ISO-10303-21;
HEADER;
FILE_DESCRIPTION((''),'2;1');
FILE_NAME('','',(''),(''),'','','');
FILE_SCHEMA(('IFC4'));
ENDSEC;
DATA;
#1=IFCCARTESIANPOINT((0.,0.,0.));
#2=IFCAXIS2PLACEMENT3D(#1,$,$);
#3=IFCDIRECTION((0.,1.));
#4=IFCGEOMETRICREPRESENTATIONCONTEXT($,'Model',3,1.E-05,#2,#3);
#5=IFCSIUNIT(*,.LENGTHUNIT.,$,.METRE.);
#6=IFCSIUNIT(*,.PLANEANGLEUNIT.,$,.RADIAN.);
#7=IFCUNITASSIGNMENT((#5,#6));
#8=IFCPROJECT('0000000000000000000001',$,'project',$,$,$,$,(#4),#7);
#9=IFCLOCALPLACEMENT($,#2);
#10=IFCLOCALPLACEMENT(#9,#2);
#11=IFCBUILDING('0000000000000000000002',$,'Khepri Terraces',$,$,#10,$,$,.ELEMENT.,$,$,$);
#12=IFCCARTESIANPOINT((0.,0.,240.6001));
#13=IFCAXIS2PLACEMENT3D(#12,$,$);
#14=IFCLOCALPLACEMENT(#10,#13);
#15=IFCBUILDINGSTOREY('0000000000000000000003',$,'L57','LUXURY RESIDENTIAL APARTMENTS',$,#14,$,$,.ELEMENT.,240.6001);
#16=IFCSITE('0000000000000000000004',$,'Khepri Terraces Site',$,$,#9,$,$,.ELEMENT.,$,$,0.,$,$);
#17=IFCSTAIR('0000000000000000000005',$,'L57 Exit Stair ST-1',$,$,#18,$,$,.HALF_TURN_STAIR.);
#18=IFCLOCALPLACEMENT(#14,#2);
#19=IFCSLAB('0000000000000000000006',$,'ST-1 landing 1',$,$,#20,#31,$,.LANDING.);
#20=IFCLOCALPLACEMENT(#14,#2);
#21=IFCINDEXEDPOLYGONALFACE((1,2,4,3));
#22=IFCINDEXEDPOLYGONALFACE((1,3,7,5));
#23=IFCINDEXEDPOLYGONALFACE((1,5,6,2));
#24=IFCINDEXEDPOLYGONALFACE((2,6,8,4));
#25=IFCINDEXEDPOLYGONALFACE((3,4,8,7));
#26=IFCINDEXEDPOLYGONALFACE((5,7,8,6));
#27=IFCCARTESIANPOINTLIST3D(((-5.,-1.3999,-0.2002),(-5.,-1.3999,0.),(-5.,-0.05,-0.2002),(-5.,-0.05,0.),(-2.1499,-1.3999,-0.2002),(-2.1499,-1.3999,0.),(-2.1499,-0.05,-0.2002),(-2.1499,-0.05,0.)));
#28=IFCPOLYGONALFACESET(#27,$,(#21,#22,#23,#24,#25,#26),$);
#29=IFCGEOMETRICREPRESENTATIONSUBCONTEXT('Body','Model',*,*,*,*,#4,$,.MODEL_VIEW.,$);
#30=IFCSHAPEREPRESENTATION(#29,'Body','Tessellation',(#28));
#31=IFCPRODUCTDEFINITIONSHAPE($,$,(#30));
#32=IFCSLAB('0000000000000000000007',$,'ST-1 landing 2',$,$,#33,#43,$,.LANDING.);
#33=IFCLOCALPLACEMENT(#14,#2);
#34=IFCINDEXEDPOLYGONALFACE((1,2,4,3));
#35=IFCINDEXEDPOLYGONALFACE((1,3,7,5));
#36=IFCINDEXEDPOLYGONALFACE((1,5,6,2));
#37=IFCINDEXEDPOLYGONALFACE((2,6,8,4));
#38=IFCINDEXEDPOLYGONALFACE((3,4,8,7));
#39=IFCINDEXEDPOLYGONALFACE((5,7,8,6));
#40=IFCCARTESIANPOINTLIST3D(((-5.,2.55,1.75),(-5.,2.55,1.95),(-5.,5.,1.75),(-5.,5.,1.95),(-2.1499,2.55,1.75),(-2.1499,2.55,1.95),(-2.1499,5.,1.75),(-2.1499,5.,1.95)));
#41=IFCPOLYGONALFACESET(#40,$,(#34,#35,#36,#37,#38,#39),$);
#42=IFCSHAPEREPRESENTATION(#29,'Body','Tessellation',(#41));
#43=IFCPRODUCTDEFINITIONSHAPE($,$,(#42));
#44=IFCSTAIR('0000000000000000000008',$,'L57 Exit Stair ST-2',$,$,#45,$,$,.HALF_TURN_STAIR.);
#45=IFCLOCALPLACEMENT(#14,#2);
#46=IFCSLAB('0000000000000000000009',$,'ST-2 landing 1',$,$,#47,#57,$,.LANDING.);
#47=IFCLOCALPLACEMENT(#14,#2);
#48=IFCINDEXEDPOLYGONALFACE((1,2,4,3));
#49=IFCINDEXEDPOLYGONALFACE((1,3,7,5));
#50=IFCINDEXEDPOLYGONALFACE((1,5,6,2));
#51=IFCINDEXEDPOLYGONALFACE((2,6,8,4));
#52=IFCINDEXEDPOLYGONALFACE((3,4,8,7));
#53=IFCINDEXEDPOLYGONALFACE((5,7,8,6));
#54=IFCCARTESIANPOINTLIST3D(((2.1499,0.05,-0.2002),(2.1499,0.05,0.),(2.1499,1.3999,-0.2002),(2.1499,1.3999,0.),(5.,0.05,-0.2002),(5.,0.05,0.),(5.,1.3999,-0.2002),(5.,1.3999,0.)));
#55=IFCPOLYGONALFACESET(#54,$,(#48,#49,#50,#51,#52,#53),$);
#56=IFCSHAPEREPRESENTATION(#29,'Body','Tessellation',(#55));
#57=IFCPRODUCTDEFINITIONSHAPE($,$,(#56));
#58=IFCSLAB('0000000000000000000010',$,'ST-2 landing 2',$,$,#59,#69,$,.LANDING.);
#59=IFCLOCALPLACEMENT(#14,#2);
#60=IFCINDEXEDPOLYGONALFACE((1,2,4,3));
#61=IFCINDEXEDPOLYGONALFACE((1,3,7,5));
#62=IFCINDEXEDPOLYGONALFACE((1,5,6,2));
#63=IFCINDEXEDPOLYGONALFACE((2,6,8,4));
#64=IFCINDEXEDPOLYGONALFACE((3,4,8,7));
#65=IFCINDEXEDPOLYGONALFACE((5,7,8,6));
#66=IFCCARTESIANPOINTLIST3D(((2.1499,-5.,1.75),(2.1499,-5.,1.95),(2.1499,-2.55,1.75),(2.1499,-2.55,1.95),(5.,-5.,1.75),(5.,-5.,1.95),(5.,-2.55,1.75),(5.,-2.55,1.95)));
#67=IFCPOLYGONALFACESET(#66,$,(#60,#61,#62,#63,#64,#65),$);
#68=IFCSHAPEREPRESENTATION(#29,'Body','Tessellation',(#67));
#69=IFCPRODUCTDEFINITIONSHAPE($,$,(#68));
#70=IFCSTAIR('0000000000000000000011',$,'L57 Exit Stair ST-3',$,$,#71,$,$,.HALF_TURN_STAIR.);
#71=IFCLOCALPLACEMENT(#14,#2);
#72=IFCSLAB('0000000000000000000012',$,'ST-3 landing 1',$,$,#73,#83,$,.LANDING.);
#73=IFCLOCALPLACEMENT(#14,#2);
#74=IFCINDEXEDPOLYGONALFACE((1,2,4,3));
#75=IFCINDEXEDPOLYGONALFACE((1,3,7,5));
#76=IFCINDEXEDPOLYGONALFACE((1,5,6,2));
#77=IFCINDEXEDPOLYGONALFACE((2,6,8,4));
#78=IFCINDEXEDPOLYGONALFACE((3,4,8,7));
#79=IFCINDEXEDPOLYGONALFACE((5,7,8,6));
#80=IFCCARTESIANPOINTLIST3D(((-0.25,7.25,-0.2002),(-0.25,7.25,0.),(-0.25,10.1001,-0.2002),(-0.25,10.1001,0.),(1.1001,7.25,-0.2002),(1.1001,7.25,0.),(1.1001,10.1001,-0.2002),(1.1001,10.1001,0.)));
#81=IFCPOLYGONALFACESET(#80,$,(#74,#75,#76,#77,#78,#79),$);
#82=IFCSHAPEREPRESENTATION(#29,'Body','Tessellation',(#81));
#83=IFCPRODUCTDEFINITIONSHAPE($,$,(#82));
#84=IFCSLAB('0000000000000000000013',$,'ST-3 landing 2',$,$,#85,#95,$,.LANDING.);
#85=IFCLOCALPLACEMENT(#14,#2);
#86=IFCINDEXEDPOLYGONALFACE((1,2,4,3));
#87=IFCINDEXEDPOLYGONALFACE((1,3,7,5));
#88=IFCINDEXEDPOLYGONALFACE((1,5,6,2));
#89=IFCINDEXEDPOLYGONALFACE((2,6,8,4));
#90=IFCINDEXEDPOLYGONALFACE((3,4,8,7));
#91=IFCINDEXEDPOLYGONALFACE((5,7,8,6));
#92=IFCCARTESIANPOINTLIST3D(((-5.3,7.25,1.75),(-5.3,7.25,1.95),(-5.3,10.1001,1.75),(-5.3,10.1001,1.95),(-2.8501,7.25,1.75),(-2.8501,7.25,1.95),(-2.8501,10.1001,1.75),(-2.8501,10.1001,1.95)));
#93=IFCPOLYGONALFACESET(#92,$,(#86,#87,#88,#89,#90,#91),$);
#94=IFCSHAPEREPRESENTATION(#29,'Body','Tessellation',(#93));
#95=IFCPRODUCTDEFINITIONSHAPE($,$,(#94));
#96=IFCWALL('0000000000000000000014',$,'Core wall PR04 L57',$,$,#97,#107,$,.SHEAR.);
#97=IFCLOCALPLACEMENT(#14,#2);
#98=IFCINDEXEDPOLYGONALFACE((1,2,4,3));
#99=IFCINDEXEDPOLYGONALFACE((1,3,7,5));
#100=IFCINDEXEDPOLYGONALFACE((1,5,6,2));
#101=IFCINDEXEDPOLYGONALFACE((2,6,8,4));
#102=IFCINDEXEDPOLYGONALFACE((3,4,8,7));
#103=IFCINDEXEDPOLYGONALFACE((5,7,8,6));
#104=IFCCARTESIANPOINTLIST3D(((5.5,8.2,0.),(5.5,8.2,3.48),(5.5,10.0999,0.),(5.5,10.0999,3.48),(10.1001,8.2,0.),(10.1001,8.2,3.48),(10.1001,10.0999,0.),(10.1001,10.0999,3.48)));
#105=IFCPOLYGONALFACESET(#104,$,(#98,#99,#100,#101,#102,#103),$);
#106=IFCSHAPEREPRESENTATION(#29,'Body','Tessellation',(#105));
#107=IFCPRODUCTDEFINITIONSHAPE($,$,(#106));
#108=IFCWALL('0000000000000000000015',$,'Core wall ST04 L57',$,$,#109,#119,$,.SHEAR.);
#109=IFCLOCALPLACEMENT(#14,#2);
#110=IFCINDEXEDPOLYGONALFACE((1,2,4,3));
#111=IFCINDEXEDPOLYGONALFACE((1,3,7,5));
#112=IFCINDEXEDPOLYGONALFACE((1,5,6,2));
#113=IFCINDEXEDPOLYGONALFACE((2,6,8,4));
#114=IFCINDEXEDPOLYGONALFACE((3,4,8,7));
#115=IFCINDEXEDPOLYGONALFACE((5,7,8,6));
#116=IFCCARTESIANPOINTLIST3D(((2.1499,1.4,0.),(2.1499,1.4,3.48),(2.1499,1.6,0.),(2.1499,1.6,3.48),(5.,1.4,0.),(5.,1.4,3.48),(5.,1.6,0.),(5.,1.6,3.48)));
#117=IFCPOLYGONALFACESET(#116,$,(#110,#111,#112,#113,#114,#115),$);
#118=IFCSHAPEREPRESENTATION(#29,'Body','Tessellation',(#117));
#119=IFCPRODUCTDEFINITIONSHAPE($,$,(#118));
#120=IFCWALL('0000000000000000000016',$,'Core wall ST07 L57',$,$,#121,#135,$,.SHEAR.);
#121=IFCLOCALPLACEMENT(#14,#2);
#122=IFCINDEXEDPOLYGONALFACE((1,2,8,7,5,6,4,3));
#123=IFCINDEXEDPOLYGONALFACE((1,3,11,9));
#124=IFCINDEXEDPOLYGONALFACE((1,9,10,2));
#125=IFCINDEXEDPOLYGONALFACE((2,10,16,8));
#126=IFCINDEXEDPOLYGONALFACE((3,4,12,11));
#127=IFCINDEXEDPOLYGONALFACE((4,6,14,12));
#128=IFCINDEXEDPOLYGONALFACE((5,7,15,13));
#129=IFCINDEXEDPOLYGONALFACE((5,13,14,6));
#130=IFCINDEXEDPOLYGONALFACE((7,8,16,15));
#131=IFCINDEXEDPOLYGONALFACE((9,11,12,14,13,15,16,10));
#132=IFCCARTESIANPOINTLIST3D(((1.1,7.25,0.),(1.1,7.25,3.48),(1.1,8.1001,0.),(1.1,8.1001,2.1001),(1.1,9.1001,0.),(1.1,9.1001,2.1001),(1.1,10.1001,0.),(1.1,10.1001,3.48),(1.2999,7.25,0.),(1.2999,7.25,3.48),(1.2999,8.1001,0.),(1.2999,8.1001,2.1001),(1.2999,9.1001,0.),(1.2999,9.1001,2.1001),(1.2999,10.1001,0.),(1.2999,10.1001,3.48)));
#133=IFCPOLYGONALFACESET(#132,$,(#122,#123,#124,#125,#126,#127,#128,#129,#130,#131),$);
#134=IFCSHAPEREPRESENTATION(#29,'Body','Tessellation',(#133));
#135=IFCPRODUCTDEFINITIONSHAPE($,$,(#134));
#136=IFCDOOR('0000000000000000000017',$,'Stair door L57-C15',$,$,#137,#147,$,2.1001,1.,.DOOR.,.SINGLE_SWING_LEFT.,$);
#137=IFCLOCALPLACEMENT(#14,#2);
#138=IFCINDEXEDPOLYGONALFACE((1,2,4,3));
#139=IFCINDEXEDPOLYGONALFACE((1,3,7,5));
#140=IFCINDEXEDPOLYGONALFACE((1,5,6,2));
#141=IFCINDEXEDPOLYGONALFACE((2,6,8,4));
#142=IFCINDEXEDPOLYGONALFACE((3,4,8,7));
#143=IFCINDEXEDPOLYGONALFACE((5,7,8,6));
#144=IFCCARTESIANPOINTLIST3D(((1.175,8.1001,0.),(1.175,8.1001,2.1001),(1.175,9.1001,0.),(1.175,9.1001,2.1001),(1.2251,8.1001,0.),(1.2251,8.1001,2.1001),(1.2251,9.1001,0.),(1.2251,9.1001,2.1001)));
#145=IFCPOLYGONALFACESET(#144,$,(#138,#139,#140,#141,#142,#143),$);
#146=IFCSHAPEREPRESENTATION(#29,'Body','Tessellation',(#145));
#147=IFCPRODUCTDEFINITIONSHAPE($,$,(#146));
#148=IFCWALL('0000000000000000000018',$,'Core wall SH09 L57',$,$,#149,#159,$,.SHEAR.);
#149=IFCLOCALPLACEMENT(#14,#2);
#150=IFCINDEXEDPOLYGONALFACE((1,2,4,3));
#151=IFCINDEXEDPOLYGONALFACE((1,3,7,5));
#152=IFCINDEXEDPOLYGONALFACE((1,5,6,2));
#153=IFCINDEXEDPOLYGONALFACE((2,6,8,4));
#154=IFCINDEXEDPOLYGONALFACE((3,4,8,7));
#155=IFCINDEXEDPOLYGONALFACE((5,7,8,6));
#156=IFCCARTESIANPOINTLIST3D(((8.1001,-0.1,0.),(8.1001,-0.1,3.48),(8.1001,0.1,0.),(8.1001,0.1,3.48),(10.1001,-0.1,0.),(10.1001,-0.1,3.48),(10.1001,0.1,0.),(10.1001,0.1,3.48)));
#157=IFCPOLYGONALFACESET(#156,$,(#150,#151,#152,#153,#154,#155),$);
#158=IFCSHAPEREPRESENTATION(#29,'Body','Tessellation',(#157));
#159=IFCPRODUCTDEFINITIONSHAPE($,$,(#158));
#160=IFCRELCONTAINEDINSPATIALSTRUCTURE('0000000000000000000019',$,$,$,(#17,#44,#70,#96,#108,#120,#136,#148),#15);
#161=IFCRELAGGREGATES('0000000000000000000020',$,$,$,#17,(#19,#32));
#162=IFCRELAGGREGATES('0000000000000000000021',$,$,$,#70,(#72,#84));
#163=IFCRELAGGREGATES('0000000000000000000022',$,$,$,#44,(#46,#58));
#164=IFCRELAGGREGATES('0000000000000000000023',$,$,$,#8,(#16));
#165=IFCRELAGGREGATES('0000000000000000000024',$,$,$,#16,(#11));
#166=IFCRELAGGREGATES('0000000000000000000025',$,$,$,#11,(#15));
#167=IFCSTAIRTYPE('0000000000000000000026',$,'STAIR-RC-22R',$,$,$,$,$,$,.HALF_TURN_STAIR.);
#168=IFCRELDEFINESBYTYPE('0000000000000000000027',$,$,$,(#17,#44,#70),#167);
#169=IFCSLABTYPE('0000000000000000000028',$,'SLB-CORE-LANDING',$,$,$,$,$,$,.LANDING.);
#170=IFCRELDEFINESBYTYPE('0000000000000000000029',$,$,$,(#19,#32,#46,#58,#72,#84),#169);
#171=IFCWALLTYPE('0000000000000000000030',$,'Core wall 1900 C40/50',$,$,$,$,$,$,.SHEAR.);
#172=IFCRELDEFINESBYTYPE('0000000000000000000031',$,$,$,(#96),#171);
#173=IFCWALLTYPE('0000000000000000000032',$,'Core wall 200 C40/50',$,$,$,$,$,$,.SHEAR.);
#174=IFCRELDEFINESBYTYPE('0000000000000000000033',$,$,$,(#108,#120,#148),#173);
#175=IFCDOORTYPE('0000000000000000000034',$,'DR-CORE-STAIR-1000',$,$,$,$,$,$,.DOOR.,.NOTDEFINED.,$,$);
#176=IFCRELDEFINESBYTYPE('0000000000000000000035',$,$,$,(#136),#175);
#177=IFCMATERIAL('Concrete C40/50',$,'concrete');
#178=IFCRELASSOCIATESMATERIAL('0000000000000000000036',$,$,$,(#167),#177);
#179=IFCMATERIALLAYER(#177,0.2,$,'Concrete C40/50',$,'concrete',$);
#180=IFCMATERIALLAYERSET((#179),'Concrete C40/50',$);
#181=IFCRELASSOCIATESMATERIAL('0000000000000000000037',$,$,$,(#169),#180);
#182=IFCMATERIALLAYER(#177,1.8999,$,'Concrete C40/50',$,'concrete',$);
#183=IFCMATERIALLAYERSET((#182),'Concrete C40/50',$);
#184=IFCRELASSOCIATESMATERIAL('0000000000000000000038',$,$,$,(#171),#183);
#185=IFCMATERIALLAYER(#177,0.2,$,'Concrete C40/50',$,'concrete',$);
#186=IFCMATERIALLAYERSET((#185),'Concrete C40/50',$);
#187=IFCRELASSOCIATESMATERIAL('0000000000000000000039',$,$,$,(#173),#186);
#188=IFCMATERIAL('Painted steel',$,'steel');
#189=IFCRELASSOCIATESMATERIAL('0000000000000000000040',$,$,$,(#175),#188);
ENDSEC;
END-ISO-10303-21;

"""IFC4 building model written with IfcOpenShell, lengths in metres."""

from ifc_helpers import new_model, si_unit, direction, frame, frame_2d, origin, place, context, subcontext, project, spatial, polyline, rectangle, outline, extrude, material, layer, layer_set, type_object, element, fill, aggregate, save


model = new_model("IFC4")

# Units and contexts
model_context = context("Model", 3, precision=1e-05, world=origin(), true_north=direction((0.0, 1.0)))
body_context = subcontext(model_context, "Body", "Model", "MODEL_VIEW")
ifc_project = project(units=[si_unit("LENGTHUNIT", "METRE"), si_unit("PLANEANGLEUNIT", "RADIAN")], contexts=[model_context])

# Site, building, storey
site_placement = place(None, origin())
site = spatial("IfcSite", under=ifc_project, at=site_placement, Name="Khepri Terraces Site", CompositionType="ELEMENT", RefElevation=0.0)
building_placement = place(site_placement, origin())
building = spatial("IfcBuilding", under=site, at=building_placement, Name="Khepri Terraces", CompositionType="ELEMENT")
storey_placement = place(building_placement, frame((0.0, 0.0, 240.6001)))
storey = spatial("IfcBuildingStorey", under=building, at=storey_placement, Name="L57", Description="LUXURY RESIDENTIAL APARTMENTS", CompositionType="ELEMENT", Elevation=240.6001)

# Stairs, slabs
ifc_material_1 = material(Name="Concrete C40/50", Category="concrete")
stair_type = type_object("IfcStairType", Name="STAIR-RC-22R", PredefinedType="HALF_TURN_STAIR", material=ifc_material_1)
stair_1_placement = place(storey_placement, origin())
stair_1 = element("IfcStair", 1, at=stair_1_placement, inside=storey, type_object=stair_type, Name="L57 Exit Stair ST-1", PredefinedType="HALF_TURN_STAIR")
ifc_layer_1 = layer(ifc_material_1, 0.2, Name="Concrete C40/50", Category="concrete")
ifc_layer_set_1 = layer_set([ifc_layer_1], Name="Concrete C40/50")
slab_type = type_object("IfcSlabType", Name="SLB-CORE-LANDING", PredefinedType="LANDING", material=ifc_layer_set_1)
slab_1_placement = place(storey_placement, frame((0.0, 0.0, -0.2002)))
slab_1 = element("IfcSlab", 2, at=slab_1_placement, type_object=slab_type, Name="ST-1 landing 1", PredefinedType="LANDING", context=body_context, shape_type="SweptSolid", body=[
    extrude(outline(polyline([(-2.1499, -1.3999), (-2.1499, -0.05), (-5.0, -0.05), (-5.0, -1.3999), (-2.1499, -1.3999)])), origin(), (0.0, 0.0, 1.0), 0.2002),
])
slab_2_placement = place(storey_placement, frame((0.0, 0.0, 1.75)))
slab_2 = element("IfcSlab", 3, at=slab_2_placement, type_object=slab_type, Name="ST-1 landing 2", PredefinedType="LANDING", context=body_context, shape_type="SweptSolid", body=[
    extrude(outline(polyline([(-2.1499, 2.55), (-2.1499, 5.0), (-5.0, 5.0), (-5.0, 2.55), (-2.1499, 2.55)])), origin(), (0.0, 0.0, 1.0), 0.2),
])
aggregate(stair_1, [slab_1, slab_2])
stair_2_placement = place(storey_placement, origin())
stair_2 = element("IfcStair", 4, at=stair_2_placement, inside=storey, type_object=stair_type, Name="L57 Exit Stair ST-2", PredefinedType="HALF_TURN_STAIR")
slab_3_placement = place(storey_placement, frame((0.0, 0.0, -0.2002)))
slab_3 = element("IfcSlab", 5, at=slab_3_placement, type_object=slab_type, Name="ST-2 landing 1", PredefinedType="LANDING", context=body_context, shape_type="SweptSolid", body=[
    extrude(outline(polyline([(2.1499, 1.3999), (2.1499, 0.05), (5.0, 0.05), (5.0, 1.3999), (2.1499, 1.3999)])), origin(), (0.0, 0.0, 1.0), 0.2002),
])
slab_4_placement = place(storey_placement, frame((0.0, 0.0, 1.75)))
slab_4 = element("IfcSlab", 6, at=slab_4_placement, type_object=slab_type, Name="ST-2 landing 2", PredefinedType="LANDING", context=body_context, shape_type="SweptSolid", body=[
    extrude(outline(polyline([(2.1499, -2.55), (2.1499, -5.0), (5.0, -5.0), (5.0, -2.55), (2.1499, -2.55)])), origin(), (0.0, 0.0, 1.0), 0.2),
])
stair_3_placement = place(storey_placement, origin())
stair_3 = element("IfcStair", 7, at=stair_3_placement, inside=storey, type_object=stair_type, Name="L57 Exit Stair ST-3", PredefinedType="HALF_TURN_STAIR")
slab_5_placement = place(storey_placement, frame((0.0, 0.0, -0.2002)))
slab_5 = element("IfcSlab", 8, at=slab_5_placement, type_object=slab_type, Name="ST-3 landing 1", PredefinedType="LANDING", context=body_context, shape_type="SweptSolid", body=[
    extrude(outline(polyline([(1.1001, 10.1001), (-0.25, 10.1001), (-0.25, 7.25), (1.1001, 7.25), (1.1001, 10.1001)])), origin(), (0.0, 0.0, 1.0), 0.2002),
])
slab_6_placement = place(storey_placement, frame((0.0, 0.0, 1.75)))
slab_6 = element("IfcSlab", 9, at=slab_6_placement, type_object=slab_type, Name="ST-3 landing 2", PredefinedType="LANDING", context=body_context, shape_type="SweptSolid", body=[
    extrude(outline(polyline([(-2.8501, 10.1001), (-5.3, 10.1001), (-5.3, 7.25), (-2.8501, 7.25), (-2.8501, 10.1001)])), origin(), (0.0, 0.0, 1.0), 0.2),
])
aggregate(stair_3, [slab_5, slab_6])

# Walls
ifc_layer_2 = layer(ifc_material_1, 1.8999, Name="Concrete C40/50", Category="concrete")
ifc_layer_set_2 = layer_set([ifc_layer_2], Name="Concrete C40/50")
wall_type_1 = type_object("IfcWallType", Name="Core wall 1900 C40/50", PredefinedType="SHEAR", material=ifc_layer_set_2)
wall_1_placement = place(storey_placement, frame((5.5, 9.1499, 0.0), z_axis=(0.0, 0.0, 1.0), x_axis=(1.0, 0.0, 0.0)))
element("IfcWall", 10, at=wall_1_placement, inside=storey, type_object=wall_type_1, Name="Core wall PR04 L57", PredefinedType="SHEAR", context=body_context, shape_type="SweptSolid", body=[
    extrude(rectangle(XDim=4.6001, YDim=1.8999, at=frame_2d((2.3, 0.0))), origin(), (0.0, 0.0, 1.0), 3.48),
])
ifc_layer_3 = layer(ifc_material_1, 0.2, Name="Concrete C40/50", Category="concrete")
ifc_layer_set_3 = layer_set([ifc_layer_3], Name="Concrete C40/50")
wall_type_2 = type_object("IfcWallType", Name="Core wall 200 C40/50", PredefinedType="SHEAR", material=ifc_layer_set_3)
wall_2_placement = place(storey_placement, frame((2.1499, 1.5, 0.0), z_axis=(0.0, 0.0, 1.0), x_axis=(1.0, 0.0, 0.0)))
element("IfcWall", 11, at=wall_2_placement, inside=storey, type_object=wall_type_2, Name="Core wall ST04 L57", PredefinedType="SHEAR", context=body_context, shape_type="SweptSolid", body=[
    extrude(rectangle(XDim=2.8501, YDim=0.2, at=frame_2d((1.425, 0.0))), origin(), (0.0, 0.0, 1.0), 3.48),
])

# Wall, opening, door
wall_3_placement = place(storey_placement, frame((1.2, 7.25, 0.0), z_axis=(0.0, 0.0, 1.0), x_axis=(0.0, 1.0, 0.0)))
wall_3 = element("IfcWall", 12, at=wall_3_placement, inside=storey, type_object=wall_type_2, Name="Core wall ST07 L57", PredefinedType="SHEAR", context=body_context, shape_type="SweptSolid", body=[
    extrude(rectangle(XDim=2.8501, YDim=0.2, at=frame_2d((1.425, 0.0))), origin(), (0.0, 0.0, 1.0), 3.48),
])
opening_1_placement = place(wall_3_placement, frame((0.8501, 0.0, 0.0)))
opening_1 = element("IfcOpeningElement", 13, at=opening_1_placement, cuts=wall_3, PredefinedType="OPENING", context=body_context, shape_type="SweptSolid", body=[
    extrude(rectangle(XDim=1.0, YDim=2.1001, at=frame_2d((0.5, 1.05))), frame((0.0, 0.1099, 0.0), z_axis=(0.0, -1.0, 0.0), x_axis=(1.0, 0.0, 0.0)), (0.0, 0.0, 1.0), 0.22),
])
ifc_material_2 = material(Name="Painted steel", Category="steel")
door_type_1 = type_object("IfcDoorType", Name="DR-CORE-STAIR-1000", OperationType="NOTDEFINED", PredefinedType="DOOR", material=ifc_material_2)
door_1_placement = place(opening_1_placement, origin())
door_1 = element("IfcDoor", 14, at=door_1_placement, inside=storey, type_object=door_type_1, Name="Stair door L57-C15", OperationType="SINGLE_SWING_LEFT", OverallHeight=2.1001, OverallWidth=1.0, PredefinedType="DOOR", context=body_context, shape_type="SweptSolid", body=[
    extrude(rectangle(XDim=1.0, YDim=2.1001, at=frame_2d((0.5, 1.05))), frame((0.0, 0.0249, 0.0), z_axis=(0.0, -1.0, 0.0), x_axis=(1.0, 0.0, 0.0)), (0.0, 0.0, 1.0), 0.05),
])
fill(opening_1, door_1)

# Wall
wall_4_placement = place(storey_placement, frame((8.1001, 0.0, 0.0), z_axis=(0.0, 0.0, 1.0), x_axis=(1.0, 0.0, 0.0)))
element("IfcWall", 15, at=wall_4_placement, inside=storey, type_object=wall_type_2, Name="Core wall SH09 L57", PredefinedType="SHEAR", context=body_context, shape_type="SweptSolid", body=[
    extrude(rectangle(XDim=2.0, YDim=0.2, at=frame_2d((1.0, 0.0))), origin(), (0.0, 0.0, 1.0), 3.48),
])

aggregate(stair_2, [slab_3, slab_4])

save(model, "model.ifc")
